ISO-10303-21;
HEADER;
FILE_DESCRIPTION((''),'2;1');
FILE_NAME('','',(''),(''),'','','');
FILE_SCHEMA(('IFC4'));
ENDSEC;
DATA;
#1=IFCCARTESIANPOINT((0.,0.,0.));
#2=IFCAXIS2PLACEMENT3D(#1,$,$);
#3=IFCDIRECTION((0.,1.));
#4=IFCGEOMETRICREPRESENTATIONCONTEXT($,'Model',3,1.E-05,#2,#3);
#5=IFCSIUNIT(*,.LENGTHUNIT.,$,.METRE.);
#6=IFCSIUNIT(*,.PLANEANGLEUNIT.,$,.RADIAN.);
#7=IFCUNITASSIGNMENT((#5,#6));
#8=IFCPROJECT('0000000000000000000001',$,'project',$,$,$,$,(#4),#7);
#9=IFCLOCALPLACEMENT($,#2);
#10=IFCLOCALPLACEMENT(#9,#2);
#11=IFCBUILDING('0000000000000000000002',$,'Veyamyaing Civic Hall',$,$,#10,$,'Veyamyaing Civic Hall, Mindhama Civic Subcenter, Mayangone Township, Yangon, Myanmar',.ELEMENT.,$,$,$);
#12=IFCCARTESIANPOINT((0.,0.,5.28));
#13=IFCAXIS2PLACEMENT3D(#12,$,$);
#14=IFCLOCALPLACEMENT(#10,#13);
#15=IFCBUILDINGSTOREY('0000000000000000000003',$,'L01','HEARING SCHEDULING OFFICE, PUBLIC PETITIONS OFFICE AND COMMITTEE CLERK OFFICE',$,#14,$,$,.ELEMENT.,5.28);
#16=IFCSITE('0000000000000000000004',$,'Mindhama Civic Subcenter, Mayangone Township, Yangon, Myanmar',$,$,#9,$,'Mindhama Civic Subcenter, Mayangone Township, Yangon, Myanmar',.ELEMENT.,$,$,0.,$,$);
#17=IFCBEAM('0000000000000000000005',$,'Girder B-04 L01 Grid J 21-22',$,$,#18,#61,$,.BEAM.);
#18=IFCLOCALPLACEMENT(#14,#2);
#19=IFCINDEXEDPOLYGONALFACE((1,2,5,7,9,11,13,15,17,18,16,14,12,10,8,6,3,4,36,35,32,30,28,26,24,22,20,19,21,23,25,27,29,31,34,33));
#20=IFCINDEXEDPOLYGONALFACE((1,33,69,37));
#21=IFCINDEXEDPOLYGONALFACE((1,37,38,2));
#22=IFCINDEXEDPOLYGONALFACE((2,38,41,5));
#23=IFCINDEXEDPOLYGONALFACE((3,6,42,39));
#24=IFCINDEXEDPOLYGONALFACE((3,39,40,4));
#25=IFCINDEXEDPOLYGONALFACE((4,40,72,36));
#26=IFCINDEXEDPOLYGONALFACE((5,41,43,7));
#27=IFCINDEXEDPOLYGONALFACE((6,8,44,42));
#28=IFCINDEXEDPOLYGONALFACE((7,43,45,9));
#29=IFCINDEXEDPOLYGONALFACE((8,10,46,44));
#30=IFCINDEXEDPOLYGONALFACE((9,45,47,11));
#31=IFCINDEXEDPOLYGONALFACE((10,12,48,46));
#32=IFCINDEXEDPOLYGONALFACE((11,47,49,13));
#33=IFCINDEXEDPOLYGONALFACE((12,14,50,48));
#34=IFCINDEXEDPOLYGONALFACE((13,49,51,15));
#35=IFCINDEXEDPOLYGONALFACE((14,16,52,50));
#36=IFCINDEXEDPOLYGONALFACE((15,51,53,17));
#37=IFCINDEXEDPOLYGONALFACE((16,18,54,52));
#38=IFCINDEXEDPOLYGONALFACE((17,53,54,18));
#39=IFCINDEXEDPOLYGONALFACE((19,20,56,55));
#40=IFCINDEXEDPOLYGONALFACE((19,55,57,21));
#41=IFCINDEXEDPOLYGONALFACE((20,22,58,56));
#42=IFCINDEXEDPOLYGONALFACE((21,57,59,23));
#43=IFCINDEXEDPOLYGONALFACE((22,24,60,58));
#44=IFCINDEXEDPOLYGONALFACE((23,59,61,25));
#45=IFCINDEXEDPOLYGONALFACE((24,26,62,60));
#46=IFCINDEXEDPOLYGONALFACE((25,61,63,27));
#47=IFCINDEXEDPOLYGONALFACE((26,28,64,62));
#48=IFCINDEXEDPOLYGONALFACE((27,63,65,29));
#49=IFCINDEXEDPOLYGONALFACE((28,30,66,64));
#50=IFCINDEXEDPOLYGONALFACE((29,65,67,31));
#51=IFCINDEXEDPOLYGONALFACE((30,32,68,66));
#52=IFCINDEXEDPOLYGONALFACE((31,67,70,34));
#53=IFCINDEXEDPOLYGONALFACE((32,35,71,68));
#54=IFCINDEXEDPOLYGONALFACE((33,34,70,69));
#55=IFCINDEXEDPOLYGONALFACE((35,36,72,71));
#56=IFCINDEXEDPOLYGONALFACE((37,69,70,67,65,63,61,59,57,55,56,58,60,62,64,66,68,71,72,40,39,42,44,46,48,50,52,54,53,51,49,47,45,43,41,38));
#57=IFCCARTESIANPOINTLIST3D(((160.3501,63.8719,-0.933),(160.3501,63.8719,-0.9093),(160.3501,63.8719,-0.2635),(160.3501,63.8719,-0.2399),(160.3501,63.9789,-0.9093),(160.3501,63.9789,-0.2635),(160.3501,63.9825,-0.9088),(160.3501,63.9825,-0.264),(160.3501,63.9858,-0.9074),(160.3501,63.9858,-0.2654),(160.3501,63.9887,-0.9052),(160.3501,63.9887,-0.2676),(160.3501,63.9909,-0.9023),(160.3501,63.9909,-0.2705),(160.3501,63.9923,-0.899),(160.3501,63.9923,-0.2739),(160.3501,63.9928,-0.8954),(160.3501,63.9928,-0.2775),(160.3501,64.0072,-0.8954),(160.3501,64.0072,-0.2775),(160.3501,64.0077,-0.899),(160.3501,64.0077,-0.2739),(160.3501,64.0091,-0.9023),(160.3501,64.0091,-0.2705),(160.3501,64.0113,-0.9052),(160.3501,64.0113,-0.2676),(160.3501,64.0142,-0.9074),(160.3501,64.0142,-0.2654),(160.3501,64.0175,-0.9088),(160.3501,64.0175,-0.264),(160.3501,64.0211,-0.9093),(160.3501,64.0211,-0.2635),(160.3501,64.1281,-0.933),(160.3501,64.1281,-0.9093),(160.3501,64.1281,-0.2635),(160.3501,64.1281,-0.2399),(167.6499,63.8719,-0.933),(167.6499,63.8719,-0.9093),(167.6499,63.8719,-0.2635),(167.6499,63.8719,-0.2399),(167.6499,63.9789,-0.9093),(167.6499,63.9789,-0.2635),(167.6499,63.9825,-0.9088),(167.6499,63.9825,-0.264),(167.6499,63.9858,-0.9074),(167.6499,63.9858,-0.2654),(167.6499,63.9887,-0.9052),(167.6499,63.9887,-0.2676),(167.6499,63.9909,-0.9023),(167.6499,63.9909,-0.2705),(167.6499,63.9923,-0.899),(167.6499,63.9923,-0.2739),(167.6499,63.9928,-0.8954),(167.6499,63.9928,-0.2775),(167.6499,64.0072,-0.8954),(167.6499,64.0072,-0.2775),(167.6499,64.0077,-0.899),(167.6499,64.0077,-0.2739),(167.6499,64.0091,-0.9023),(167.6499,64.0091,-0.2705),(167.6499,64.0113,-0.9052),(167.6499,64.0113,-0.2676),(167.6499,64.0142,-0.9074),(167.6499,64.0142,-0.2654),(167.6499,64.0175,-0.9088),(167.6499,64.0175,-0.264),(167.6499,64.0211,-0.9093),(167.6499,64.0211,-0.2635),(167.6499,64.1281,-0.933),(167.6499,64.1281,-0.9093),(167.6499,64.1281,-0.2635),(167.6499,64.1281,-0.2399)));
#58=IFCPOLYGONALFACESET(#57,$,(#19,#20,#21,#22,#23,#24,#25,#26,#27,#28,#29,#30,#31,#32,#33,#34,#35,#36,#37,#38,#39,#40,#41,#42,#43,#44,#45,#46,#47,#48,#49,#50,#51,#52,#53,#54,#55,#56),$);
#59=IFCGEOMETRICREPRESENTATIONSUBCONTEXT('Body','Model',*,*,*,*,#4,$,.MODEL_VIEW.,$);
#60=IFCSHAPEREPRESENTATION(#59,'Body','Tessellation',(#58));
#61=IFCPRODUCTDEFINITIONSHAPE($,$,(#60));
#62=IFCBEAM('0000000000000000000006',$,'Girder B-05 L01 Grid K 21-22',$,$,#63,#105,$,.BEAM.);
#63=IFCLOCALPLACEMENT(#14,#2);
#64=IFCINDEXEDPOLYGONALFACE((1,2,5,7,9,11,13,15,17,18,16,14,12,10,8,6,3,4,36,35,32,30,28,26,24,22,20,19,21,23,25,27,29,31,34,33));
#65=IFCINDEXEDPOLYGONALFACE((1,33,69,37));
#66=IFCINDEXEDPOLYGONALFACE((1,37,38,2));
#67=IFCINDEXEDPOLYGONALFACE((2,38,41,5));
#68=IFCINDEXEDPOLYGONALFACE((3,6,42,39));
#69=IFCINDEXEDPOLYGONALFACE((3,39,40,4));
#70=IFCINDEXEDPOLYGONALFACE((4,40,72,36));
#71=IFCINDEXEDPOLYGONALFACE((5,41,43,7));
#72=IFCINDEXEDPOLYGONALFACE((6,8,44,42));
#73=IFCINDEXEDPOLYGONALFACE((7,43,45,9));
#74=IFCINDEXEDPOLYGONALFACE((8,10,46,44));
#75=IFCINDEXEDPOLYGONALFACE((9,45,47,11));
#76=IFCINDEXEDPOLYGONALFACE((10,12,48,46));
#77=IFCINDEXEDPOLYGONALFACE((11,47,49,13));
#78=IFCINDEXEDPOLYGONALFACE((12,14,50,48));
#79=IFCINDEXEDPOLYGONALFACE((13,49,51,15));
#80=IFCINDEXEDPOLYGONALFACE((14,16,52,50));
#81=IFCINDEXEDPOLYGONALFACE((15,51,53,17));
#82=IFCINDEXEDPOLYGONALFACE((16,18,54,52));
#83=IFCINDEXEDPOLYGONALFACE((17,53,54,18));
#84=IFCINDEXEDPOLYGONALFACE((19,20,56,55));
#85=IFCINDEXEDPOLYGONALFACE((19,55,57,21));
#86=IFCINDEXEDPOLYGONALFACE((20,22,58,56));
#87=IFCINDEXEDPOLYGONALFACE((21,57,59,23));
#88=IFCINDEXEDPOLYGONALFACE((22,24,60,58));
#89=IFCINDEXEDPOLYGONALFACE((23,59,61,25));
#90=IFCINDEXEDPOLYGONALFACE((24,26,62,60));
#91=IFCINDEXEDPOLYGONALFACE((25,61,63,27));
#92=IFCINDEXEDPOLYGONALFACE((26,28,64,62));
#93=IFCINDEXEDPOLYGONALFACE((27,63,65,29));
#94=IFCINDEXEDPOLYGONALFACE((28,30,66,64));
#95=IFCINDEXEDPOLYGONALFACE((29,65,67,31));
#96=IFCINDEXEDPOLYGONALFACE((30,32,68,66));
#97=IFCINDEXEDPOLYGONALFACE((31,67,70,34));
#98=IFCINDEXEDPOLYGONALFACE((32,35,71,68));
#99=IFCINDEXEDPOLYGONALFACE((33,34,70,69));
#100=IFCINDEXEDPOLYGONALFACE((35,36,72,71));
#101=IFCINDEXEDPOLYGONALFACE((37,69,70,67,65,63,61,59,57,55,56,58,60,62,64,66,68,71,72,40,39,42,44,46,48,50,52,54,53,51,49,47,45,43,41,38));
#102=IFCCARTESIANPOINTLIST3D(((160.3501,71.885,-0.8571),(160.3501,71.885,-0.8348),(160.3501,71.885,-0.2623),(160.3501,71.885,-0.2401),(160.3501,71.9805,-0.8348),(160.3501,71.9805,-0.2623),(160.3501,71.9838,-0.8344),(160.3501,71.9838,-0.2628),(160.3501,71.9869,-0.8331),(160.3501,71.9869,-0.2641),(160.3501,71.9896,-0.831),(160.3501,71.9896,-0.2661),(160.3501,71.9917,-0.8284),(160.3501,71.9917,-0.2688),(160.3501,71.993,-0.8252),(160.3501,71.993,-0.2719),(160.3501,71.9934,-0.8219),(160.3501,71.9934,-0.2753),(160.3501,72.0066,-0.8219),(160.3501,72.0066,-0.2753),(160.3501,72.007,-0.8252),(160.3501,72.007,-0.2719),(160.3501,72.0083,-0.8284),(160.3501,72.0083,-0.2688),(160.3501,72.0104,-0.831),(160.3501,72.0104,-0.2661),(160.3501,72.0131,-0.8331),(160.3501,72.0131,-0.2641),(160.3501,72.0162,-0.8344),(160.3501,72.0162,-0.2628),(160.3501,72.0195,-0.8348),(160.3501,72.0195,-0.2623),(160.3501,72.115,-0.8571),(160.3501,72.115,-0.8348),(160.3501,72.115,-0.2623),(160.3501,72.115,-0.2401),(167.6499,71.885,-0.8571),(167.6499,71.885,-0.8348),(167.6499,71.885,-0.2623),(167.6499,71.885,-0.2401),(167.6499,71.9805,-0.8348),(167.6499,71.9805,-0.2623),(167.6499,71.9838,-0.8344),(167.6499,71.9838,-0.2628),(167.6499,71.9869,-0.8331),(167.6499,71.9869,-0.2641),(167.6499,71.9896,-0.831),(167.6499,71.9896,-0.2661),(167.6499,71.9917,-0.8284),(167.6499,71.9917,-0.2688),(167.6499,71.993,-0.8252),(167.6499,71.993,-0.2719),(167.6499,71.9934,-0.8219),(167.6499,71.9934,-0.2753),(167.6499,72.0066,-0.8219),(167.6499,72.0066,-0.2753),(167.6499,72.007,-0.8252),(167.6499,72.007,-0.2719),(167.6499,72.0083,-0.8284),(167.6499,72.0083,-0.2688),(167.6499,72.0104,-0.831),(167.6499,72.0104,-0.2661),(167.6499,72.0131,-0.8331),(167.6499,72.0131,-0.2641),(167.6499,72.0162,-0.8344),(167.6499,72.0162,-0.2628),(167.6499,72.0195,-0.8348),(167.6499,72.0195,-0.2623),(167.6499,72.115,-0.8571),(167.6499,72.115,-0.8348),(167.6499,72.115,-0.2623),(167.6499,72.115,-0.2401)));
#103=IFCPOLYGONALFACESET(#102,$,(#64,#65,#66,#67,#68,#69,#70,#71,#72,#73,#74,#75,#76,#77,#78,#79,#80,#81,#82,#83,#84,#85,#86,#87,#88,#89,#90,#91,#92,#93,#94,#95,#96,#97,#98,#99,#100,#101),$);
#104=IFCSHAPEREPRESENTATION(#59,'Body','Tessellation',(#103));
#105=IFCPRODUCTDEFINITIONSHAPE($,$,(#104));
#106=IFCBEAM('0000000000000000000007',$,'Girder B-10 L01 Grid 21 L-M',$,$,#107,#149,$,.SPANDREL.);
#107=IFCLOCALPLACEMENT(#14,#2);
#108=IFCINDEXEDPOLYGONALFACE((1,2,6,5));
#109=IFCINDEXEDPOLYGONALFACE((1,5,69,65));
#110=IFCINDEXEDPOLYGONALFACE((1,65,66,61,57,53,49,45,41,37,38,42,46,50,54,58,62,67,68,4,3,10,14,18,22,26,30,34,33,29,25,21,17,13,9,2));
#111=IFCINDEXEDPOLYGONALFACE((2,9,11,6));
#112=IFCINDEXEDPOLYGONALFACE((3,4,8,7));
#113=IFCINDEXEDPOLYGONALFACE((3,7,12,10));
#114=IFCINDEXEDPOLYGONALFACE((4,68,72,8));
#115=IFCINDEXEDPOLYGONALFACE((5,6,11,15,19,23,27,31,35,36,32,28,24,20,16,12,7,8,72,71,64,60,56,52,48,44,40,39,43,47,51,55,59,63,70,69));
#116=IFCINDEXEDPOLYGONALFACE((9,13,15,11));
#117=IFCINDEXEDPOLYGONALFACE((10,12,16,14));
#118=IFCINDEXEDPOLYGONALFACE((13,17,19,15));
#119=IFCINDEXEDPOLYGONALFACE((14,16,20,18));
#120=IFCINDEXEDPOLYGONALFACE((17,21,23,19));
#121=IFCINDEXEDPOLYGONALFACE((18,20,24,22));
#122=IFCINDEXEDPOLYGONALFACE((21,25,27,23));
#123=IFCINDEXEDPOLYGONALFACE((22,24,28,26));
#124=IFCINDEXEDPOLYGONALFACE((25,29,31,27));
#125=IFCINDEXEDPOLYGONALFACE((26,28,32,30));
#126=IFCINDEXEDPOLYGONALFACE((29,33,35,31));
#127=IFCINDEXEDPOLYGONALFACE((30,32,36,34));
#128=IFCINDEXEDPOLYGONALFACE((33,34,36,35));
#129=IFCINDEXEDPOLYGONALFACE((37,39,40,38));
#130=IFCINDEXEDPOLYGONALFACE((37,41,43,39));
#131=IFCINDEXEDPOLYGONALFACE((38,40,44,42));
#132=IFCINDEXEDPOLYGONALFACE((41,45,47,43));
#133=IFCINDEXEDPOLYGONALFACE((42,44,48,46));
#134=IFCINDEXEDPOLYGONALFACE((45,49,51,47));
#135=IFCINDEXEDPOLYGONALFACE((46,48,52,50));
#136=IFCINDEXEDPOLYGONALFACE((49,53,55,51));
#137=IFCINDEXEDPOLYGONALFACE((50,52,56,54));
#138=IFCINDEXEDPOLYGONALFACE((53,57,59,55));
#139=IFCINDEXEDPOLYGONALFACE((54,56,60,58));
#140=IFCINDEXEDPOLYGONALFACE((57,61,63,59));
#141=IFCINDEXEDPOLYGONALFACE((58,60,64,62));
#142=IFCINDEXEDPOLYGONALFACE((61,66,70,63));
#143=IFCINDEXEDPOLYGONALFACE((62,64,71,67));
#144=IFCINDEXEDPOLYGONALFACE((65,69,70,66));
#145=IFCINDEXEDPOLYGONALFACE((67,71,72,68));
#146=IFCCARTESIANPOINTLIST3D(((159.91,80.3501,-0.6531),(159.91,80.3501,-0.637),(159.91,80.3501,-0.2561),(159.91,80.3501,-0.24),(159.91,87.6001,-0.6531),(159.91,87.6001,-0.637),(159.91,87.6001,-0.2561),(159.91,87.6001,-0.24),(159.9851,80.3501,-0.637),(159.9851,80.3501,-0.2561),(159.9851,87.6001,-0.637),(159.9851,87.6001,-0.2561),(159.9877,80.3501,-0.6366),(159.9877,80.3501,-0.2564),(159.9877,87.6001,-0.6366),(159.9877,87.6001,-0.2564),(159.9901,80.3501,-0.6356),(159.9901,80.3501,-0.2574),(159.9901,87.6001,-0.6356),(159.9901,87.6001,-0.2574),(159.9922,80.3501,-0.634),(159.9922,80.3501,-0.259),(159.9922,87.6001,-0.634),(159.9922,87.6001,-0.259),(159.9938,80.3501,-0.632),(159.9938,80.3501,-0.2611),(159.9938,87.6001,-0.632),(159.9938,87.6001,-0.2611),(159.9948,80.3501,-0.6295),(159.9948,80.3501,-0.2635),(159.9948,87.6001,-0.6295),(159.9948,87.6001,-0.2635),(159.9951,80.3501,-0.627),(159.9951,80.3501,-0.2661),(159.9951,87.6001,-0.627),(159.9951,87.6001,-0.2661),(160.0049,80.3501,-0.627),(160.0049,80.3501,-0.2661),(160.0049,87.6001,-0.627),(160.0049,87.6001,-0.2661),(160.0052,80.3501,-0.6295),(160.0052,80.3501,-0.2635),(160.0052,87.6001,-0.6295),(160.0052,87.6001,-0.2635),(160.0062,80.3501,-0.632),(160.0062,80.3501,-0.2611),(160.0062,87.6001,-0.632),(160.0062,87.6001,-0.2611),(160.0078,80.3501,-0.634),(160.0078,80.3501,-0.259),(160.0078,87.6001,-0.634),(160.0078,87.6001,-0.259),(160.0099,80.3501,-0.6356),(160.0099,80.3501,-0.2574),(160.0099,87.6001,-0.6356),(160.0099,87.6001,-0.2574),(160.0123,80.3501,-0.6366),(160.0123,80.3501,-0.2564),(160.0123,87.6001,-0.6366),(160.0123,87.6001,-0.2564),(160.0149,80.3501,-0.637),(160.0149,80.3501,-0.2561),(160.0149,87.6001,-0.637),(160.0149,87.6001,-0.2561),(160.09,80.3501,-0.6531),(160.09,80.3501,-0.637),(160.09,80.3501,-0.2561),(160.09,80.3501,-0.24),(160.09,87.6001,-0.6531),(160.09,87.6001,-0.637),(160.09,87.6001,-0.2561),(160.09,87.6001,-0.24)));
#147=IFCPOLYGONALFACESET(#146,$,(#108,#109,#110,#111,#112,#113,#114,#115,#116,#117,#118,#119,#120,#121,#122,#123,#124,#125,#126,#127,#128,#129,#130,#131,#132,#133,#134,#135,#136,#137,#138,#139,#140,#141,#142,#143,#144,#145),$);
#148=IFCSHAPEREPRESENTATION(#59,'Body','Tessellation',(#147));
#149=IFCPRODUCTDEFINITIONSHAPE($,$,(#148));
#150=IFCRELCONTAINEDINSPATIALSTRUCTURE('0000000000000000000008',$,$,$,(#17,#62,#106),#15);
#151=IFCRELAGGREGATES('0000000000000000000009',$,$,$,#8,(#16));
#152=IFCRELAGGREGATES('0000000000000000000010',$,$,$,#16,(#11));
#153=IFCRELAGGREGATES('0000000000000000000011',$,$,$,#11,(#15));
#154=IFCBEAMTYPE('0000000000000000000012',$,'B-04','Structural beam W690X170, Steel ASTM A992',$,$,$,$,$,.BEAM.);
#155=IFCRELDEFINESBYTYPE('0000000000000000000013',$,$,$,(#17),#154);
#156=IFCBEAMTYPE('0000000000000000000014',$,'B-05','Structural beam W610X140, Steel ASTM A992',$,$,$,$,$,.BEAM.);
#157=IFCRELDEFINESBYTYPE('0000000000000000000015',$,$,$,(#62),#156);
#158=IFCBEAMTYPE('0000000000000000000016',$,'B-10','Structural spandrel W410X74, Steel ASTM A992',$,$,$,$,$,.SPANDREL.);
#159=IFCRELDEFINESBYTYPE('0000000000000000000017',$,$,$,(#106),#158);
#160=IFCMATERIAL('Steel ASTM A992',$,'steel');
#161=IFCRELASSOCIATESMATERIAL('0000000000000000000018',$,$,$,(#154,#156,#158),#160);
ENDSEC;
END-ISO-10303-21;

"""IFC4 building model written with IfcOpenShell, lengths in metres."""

from ifc_helpers import new_model, si_unit, direction, frame, origin, origin_2d, place, context, subcontext, project, spatial, i_section, extrude, material, material_profile, profile_set, type_object, element, save


model = new_model("IFC4")

# Units and contexts
model_context = context("Model", 3, precision=1e-05, world=origin(), true_north=direction((0.0, 1.0)))
body_context = subcontext(model_context, "Body", "Model", "MODEL_VIEW")
ifc_project = project(units=[si_unit("LENGTHUNIT", "METRE"), si_unit("PLANEANGLEUNIT", "RADIAN")], contexts=[model_context])

# Site, building, storey
site_placement = place(None, origin())
site = spatial("IfcSite", under=ifc_project, at=site_placement, Name="Mindhama Civic Subcenter, Mayangone Township, Yangon, Myanmar", LongName="Mindhama Civic Subcenter, Mayangone Township, Yangon, Myanmar", CompositionType="ELEMENT", RefElevation=0.0)
building_placement = place(site_placement, origin())
building = spatial("IfcBuilding", under=site, at=building_placement, Name="Veyamyaing Civic Hall", LongName="Veyamyaing Civic Hall, Mindhama Civic Subcenter, Mayangone Township, Yangon, Myanmar", CompositionType="ELEMENT")
storey_placement = place(building_placement, frame((0.0, 0.0, 5.28)))
storey = spatial("IfcBuildingStorey", under=building, at=storey_placement, Name="L01", Description="HEARING SCHEDULING OFFICE, PUBLIC PETITIONS OFFICE AND COMMITTEE CLERK OFFICE", CompositionType="ELEMENT", Elevation=5.28)

# Beams
ifc_material_1 = material(Name="Steel ASTM A992", Category="steel")
ifc_material_profile_1 = material_profile(ifc_material_1, i_section(OverallWidth=0.2561, OverallDepth=0.6931, WebThickness=0.0144, FlangeThickness=0.0237, FilletRadius=0.0139, at=origin_2d()), Name="W690X170")
ifc_profile_set_1 = profile_set([ifc_material_profile_1], Name="Steel ASTM A992")
beam_type_1 = type_object("IfcBeamType", Name="B-04", Description="Structural beam W690X170, Steel ASTM A992", PredefinedType="BEAM", material=ifc_profile_set_1)
beam_1_placement = place(storey_placement, frame((160.3501, 64.0, -0.5864), z_axis=(1.0, 0.0, 0.0), x_axis=(0.0, 1.0, 0.0)))
element("IfcBeam", 1, at=beam_1_placement, inside=storey, type_object=beam_type_1, Name="Girder B-04 L01 Grid J 21-22", PredefinedType="BEAM", context=body_context, shape_type="SweptSolid", body=[
    extrude(i_section(OverallWidth=0.2561, OverallDepth=0.6931, WebThickness=0.0144, FlangeThickness=0.0237, FilletRadius=0.0139, at=origin_2d()), origin(), (0.0, 0.0, 1.0), 7.2998),
])
ifc_material_profile_2 = material_profile(ifc_material_1, i_section(OverallWidth=0.23, OverallDepth=0.6169, WebThickness=0.0132, FlangeThickness=0.0222, FilletRadius=0.0129, at=origin_2d()), Name="W610X140")
ifc_profile_set_2 = profile_set([ifc_material_profile_2], Name="Steel ASTM A992")
beam_type_2 = type_object("IfcBeamType", Name="B-05", Description="Structural beam W610X140, Steel ASTM A992", PredefinedType="BEAM", material=ifc_profile_set_2)
beam_2_placement = place(storey_placement, frame((160.3501, 72.0, -0.5486), z_axis=(1.0, 0.0, 0.0), x_axis=(0.0, 1.0, 0.0)))
element("IfcBeam", 2, at=beam_2_placement, inside=storey, type_object=beam_type_2, Name="Girder B-05 L01 Grid K 21-22", PredefinedType="BEAM", context=body_context, shape_type="SweptSolid", body=[
    extrude(i_section(OverallWidth=0.23, OverallDepth=0.6169, WebThickness=0.0132, FlangeThickness=0.0222, FilletRadius=0.0129, at=origin_2d()), origin(), (0.0, 0.0, 1.0), 7.2998),
])
ifc_material_profile_3 = material_profile(ifc_material_1, i_section(OverallWidth=0.1799, OverallDepth=0.4131, WebThickness=0.0098, FlangeThickness=0.0161, FilletRadius=0.01, at=origin_2d()), Name="W410X74")
ifc_profile_set_3 = profile_set([ifc_material_profile_3], Name="Steel ASTM A992")
beam_type_3 = type_object("IfcBeamType", Name="B-10", Description="Structural spandrel W410X74, Steel ASTM A992", PredefinedType="SPANDREL", material=ifc_profile_set_3)
beam_3_placement = place(storey_placement, frame((160.0, 80.3501, -0.4465), z_axis=(0.0, 1.0, 0.0), x_axis=(-1.0, 0.0, 0.0)))
element("IfcBeam", 3, at=beam_3_placement, inside=storey, type_object=beam_type_3, Name="Girder B-10 L01 Grid 21 L-M", PredefinedType="SPANDREL", context=body_context, shape_type="SweptSolid", body=[
    extrude(i_section(OverallWidth=0.1799, OverallDepth=0.4131, WebThickness=0.0098, FlangeThickness=0.0161, FilletRadius=0.01, at=origin_2d()), origin(), (0.0, 0.0, 1.0), 7.25),
])

save(model, "model.ifc")
